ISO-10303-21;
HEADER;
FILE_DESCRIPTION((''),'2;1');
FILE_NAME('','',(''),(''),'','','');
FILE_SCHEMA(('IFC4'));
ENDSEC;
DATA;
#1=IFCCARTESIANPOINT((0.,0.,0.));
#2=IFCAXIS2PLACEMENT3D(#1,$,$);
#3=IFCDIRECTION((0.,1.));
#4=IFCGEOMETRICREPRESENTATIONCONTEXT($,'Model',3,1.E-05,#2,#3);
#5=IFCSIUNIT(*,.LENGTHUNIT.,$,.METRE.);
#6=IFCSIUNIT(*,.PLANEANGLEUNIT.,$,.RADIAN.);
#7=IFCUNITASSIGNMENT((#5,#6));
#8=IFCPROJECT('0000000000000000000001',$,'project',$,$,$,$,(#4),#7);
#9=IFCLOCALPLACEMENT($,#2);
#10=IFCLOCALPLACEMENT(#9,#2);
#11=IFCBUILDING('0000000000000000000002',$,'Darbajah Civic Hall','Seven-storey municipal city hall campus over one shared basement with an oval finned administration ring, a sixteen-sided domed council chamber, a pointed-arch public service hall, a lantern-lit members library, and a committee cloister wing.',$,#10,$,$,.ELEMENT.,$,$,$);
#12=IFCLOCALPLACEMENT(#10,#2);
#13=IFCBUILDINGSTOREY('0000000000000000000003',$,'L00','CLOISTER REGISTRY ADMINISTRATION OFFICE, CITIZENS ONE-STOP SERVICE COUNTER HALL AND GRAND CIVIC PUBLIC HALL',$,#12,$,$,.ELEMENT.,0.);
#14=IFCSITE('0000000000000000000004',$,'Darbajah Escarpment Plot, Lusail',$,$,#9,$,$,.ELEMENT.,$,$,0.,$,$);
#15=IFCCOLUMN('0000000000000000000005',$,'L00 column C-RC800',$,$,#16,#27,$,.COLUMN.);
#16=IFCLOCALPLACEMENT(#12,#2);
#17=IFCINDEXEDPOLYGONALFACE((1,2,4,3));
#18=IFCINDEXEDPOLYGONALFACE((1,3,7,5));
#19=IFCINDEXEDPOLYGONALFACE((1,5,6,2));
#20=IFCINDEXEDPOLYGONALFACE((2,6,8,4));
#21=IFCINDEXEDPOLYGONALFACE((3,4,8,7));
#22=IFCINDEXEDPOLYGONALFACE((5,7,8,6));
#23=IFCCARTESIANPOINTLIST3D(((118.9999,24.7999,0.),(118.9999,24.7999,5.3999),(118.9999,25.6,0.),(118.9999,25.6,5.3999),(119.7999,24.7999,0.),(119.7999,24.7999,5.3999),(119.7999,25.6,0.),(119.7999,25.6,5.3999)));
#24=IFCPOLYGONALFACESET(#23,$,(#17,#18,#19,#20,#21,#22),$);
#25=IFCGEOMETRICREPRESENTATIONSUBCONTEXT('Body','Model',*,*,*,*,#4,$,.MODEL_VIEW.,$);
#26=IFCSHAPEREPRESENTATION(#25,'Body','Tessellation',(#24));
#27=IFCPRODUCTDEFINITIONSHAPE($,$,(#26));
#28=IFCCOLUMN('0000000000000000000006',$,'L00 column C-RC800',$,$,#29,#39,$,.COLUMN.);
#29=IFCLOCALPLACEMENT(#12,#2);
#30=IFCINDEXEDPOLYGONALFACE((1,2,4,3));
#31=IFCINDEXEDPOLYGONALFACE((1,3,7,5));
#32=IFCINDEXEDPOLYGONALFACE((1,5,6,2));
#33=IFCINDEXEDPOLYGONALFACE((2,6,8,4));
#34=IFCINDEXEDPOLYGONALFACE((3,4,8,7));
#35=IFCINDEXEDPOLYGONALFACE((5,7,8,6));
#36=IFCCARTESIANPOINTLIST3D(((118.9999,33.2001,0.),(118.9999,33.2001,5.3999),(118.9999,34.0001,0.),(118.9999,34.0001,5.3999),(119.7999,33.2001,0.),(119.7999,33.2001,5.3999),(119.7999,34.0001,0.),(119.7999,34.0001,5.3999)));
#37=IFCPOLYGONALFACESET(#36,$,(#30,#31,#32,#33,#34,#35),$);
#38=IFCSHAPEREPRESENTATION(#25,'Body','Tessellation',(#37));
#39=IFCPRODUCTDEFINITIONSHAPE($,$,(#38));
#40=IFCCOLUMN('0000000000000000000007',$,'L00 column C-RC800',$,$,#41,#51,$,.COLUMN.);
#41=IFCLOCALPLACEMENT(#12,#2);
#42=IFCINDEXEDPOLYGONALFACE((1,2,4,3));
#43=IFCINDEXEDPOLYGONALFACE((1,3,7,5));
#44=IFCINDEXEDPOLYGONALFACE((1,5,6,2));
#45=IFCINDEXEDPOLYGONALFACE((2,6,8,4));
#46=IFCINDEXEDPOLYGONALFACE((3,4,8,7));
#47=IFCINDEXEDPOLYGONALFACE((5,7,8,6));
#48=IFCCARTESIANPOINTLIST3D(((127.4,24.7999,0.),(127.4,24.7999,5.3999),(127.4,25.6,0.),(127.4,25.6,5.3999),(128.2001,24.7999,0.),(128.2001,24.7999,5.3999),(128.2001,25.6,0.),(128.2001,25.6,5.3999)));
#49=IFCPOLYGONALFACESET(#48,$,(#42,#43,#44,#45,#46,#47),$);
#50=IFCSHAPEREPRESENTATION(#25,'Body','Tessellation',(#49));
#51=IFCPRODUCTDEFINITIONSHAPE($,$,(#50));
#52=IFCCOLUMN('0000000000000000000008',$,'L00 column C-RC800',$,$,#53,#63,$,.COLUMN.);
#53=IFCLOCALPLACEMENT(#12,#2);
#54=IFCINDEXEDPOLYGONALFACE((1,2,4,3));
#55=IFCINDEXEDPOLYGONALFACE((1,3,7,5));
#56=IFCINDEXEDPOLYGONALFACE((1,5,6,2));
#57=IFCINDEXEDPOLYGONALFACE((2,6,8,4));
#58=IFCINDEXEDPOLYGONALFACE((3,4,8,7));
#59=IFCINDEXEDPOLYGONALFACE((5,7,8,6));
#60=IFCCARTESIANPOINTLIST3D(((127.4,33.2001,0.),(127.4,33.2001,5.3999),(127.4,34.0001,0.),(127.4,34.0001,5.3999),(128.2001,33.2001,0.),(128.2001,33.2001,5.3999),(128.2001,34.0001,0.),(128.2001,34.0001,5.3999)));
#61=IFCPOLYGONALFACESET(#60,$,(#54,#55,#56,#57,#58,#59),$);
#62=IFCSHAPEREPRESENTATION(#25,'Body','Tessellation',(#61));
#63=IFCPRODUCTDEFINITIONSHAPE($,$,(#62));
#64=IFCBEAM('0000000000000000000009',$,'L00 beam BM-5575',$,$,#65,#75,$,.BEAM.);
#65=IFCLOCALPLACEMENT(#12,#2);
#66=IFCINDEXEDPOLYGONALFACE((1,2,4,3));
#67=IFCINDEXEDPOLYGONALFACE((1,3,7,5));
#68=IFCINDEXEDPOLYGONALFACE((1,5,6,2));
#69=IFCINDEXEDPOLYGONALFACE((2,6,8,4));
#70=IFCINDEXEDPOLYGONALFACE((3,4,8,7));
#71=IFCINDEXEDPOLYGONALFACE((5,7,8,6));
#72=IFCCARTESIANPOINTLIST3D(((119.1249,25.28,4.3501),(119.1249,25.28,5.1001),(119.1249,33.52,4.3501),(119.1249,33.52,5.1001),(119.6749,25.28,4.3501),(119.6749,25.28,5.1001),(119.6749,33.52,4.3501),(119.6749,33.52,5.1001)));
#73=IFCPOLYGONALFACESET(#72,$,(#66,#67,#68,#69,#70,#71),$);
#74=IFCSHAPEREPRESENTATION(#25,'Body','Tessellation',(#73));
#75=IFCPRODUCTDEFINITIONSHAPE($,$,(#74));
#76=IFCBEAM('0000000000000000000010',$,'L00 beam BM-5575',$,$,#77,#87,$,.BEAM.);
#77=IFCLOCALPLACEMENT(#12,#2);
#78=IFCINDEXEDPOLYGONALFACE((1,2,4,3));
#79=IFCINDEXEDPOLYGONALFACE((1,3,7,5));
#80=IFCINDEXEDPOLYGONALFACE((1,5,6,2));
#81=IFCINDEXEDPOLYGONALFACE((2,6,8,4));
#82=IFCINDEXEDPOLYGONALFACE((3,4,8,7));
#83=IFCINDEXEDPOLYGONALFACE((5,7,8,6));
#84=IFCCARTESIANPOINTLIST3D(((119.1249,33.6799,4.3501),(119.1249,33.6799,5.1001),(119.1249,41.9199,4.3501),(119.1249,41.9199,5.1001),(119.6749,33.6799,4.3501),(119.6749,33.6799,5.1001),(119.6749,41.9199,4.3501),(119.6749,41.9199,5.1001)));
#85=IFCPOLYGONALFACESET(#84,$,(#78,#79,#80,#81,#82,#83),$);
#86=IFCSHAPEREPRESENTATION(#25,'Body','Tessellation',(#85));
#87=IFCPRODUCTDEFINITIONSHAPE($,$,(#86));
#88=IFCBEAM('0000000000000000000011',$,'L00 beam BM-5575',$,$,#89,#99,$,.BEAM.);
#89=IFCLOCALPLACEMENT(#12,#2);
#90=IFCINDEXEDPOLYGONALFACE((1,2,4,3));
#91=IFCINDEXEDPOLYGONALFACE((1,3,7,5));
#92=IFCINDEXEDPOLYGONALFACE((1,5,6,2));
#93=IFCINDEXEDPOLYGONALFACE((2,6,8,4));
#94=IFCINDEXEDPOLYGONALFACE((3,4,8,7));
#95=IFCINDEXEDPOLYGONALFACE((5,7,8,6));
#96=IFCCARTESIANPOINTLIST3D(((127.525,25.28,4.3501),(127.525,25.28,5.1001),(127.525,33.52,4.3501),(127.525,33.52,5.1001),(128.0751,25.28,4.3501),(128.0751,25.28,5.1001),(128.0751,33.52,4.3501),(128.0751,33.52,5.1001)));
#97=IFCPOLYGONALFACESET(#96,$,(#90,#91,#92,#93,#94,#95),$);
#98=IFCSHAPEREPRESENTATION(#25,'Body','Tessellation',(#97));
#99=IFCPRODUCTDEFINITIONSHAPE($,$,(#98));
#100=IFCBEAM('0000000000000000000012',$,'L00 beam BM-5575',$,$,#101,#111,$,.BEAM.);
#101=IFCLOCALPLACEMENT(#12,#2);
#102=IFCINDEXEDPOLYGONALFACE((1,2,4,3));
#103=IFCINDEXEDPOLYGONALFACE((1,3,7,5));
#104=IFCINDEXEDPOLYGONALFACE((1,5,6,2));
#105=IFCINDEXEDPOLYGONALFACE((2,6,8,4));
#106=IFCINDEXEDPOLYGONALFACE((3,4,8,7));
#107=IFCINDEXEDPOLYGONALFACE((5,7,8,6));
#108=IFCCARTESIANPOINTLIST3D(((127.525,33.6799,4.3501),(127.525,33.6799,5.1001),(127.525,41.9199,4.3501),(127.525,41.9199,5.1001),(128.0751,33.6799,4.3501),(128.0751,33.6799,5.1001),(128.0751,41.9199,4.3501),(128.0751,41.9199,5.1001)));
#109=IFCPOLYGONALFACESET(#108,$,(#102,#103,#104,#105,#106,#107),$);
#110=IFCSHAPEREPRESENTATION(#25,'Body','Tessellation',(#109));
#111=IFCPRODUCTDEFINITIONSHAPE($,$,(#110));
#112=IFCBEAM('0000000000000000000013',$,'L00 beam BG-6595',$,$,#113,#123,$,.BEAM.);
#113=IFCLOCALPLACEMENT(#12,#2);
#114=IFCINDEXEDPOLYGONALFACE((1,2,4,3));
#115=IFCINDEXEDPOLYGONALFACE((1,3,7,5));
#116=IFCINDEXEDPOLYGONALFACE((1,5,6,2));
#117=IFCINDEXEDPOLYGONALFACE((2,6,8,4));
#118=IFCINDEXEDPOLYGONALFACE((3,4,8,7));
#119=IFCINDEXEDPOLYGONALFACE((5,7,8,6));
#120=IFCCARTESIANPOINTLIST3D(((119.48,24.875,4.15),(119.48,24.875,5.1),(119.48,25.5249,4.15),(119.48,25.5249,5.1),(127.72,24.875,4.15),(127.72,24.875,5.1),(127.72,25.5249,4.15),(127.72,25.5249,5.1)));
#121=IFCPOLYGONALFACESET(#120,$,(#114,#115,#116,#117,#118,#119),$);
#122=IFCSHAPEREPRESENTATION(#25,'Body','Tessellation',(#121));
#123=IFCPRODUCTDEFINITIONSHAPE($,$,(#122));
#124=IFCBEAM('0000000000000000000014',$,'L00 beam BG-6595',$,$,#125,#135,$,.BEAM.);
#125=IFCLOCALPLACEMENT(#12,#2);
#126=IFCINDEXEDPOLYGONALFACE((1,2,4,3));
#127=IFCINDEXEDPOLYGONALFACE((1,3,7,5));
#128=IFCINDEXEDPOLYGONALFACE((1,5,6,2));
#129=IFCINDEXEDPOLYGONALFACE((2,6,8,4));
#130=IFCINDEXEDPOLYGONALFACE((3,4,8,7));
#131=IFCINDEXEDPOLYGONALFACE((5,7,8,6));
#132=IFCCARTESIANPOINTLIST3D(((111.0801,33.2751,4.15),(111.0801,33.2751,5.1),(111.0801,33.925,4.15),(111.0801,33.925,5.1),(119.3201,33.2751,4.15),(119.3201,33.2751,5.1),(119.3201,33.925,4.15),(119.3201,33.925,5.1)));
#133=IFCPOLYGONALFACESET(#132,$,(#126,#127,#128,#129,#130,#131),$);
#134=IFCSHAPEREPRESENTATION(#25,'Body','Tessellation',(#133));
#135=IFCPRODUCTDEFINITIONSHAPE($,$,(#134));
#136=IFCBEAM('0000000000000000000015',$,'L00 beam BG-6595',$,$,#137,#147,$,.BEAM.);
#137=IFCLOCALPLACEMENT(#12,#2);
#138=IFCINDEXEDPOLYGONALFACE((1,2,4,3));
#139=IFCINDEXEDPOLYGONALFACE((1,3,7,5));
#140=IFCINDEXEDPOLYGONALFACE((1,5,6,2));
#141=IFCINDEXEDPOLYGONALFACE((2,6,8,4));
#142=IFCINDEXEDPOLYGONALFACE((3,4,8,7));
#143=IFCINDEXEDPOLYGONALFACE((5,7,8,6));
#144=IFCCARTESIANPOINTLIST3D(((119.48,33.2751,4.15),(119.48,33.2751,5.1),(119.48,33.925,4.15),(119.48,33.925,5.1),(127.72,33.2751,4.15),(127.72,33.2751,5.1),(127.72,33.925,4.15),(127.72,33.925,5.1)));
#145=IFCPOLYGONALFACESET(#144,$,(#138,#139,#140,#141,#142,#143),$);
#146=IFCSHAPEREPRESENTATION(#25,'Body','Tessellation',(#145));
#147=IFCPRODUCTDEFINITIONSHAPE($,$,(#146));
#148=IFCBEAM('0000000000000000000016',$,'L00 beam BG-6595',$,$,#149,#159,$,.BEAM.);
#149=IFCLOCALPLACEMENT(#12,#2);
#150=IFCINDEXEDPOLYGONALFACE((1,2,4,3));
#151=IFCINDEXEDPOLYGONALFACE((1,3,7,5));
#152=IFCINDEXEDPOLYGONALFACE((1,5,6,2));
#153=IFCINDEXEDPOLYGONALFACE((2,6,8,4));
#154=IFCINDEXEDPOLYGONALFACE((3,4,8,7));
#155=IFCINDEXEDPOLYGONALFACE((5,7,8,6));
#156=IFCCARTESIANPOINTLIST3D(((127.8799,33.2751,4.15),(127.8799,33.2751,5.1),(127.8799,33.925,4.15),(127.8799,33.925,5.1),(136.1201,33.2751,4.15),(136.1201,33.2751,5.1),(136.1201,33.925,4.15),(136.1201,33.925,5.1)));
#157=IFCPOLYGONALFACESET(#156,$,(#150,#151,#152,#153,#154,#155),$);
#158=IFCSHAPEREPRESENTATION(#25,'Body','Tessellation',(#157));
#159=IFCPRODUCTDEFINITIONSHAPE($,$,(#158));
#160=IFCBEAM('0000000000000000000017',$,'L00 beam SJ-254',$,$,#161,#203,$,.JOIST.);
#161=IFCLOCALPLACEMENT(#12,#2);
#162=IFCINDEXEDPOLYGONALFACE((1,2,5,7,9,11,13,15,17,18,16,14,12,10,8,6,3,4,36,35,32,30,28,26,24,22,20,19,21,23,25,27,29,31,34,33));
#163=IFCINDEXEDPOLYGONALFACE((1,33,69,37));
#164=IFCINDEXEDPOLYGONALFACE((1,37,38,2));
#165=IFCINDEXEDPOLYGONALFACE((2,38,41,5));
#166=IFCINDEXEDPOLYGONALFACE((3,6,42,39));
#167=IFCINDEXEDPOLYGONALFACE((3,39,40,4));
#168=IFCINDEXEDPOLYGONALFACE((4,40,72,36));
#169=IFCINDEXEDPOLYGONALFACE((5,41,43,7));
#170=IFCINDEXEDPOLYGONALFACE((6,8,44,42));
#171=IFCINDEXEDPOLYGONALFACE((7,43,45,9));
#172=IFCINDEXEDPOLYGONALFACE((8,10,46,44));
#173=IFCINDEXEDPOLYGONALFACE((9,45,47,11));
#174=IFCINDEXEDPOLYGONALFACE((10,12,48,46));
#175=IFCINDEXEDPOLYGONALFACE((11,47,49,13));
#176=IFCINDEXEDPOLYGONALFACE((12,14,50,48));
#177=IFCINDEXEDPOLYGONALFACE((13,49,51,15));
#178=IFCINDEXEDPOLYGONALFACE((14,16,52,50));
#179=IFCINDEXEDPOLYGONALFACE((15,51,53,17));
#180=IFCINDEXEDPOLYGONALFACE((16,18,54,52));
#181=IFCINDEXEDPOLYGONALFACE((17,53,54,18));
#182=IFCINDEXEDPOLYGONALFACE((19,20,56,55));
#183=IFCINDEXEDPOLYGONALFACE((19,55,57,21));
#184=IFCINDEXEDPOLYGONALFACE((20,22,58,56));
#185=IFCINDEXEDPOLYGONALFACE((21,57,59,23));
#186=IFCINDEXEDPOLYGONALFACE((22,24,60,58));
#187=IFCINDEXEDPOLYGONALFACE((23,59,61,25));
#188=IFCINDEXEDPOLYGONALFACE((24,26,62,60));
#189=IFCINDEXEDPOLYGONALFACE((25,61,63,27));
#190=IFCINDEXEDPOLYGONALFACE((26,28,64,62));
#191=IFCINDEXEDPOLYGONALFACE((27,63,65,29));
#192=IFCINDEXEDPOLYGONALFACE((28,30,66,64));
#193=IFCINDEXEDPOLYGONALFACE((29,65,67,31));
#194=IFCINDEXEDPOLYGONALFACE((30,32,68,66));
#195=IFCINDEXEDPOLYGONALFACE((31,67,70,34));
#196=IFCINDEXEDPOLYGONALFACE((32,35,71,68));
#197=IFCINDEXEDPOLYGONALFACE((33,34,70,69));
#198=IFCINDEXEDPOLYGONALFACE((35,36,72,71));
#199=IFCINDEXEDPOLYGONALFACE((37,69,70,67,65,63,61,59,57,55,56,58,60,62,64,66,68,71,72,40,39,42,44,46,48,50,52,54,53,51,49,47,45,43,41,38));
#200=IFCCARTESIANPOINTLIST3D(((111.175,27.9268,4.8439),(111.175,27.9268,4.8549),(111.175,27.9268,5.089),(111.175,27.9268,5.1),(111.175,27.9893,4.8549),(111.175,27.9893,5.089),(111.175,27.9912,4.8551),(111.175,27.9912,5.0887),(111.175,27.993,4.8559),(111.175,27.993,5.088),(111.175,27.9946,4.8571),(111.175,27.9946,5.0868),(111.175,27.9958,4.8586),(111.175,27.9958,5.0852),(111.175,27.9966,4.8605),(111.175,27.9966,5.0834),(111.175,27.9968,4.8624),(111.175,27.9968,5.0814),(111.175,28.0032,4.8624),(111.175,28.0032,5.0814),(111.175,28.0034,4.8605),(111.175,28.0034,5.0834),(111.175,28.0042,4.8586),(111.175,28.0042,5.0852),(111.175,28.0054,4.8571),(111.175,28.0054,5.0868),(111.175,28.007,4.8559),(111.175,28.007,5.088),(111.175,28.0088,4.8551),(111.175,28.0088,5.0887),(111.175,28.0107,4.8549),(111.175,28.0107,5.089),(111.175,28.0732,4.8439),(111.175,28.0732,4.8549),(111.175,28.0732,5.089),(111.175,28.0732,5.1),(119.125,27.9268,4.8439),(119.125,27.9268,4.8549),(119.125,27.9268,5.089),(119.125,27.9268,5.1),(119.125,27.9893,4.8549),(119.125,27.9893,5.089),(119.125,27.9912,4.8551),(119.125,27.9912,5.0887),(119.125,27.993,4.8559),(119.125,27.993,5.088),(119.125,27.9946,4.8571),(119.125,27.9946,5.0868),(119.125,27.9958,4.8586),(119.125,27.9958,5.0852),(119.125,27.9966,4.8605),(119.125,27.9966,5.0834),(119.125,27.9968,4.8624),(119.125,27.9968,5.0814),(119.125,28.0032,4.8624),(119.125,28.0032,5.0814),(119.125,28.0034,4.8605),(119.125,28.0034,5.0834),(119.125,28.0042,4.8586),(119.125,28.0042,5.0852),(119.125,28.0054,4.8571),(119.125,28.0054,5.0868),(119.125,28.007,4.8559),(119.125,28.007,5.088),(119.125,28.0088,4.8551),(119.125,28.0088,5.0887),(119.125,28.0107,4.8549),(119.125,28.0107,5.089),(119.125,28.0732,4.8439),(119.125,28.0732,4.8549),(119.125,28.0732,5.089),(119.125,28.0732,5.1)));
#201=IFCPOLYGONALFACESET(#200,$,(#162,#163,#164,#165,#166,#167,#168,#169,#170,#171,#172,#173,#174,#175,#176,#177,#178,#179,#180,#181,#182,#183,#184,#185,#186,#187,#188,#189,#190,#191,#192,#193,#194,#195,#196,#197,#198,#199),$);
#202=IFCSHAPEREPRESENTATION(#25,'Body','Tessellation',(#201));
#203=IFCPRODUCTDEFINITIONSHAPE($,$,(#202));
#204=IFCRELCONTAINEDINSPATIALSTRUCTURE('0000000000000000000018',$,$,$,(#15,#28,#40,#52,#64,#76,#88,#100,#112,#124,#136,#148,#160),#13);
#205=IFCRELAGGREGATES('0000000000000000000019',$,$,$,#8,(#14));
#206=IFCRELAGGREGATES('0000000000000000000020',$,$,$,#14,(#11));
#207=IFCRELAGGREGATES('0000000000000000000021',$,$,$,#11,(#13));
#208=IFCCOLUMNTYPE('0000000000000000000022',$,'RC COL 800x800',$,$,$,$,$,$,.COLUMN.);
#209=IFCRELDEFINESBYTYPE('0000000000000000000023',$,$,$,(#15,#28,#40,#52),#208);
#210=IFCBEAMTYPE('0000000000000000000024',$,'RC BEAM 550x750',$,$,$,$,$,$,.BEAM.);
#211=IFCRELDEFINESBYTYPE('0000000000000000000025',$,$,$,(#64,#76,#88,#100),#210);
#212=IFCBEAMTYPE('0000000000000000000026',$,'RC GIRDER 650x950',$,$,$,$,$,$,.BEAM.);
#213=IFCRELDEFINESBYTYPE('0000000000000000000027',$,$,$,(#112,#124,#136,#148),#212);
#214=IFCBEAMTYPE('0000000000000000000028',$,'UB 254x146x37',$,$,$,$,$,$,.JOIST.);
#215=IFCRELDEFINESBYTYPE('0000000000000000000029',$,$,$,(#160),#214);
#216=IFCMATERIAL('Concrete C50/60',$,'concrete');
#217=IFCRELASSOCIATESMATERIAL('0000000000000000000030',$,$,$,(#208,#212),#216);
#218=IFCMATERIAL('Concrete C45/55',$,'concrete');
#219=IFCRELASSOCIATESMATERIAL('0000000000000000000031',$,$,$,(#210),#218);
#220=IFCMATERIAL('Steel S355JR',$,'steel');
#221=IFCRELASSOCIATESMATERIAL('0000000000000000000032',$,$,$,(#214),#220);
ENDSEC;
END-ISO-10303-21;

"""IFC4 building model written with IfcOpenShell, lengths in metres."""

from ifc_helpers import new_model, si_unit, direction, frame, origin, origin_2d, place, context, subcontext, project, spatial, rectangle, i_section, extrude, material, material_profile, profile_set, type_object, element, save


model = new_model("IFC4")

# Units and contexts
model_context = context("Model", 3, precision=1e-05, world=origin(), true_north=direction((0.0, 1.0)))
body_context = subcontext(model_context, "Body", "Model", "MODEL_VIEW")
ifc_project = project(units=[si_unit("LENGTHUNIT", "METRE"), si_unit("PLANEANGLEUNIT", "RADIAN")], contexts=[model_context])

# Site, building, storey
site_placement = place(None, origin())
site = spatial("IfcSite", under=ifc_project, at=site_placement, Name="Darbajah Escarpment Plot, Lusail", CompositionType="ELEMENT", RefElevation=0.0)
building_placement = place(site_placement, origin())
building = spatial("IfcBuilding", under=site, at=building_placement, Name="Darbajah Civic Hall", Description="Seven-storey municipal city hall campus over one shared basement with an oval finned administration ring, a sixteen-sided domed council chamber, a pointed-arch public service hall, a lantern-lit members library, and a committee cloister wing.", CompositionType="ELEMENT")
storey_placement = place(building_placement, origin())
storey = spatial("IfcBuildingStorey", under=building, at=storey_placement, Name="L00", Description="CLOISTER REGISTRY ADMINISTRATION OFFICE, CITIZENS ONE-STOP SERVICE COUNTER HALL AND GRAND CIVIC PUBLIC HALL", CompositionType="ELEMENT", Elevation=0.0)

# Columns
ifc_material_1 = material(Name="Concrete C50/60", Category="concrete")
ifc_material_profile_1 = material_profile(ifc_material_1, rectangle(XDim=0.8, YDim=0.8, at=origin_2d()), Name="RC COL 800x800")
ifc_profile_set_1 = profile_set([ifc_material_profile_1], Name="Concrete C50/60")
column_type = type_object("IfcColumnType", Name="RC COL 800x800", PredefinedType="COLUMN", material=ifc_profile_set_1)
for number, where, z_axis, x_axis, name in (
    (1, (119.3999, 25.2, 0.0), (0.0, 0.0, 1.0), (1.0, 0.0, 0.0), "L00 column C-RC800"),
    (2, (119.3999, 33.6001, 0.0), (0.0, 0.0, 1.0), (1.0, 0.0, 0.0), "L00 column C-RC800"),
    (3, (127.8, 25.2, 0.0), (0.0, 0.0, 1.0), (1.0, 0.0, 0.0), "L00 column C-RC800"),
    (4, (127.8, 33.6001, 0.0), (0.0, 0.0, 1.0), (1.0, 0.0, 0.0), "L00 column C-RC800"),
):
    element("IfcColumn", number, at=place(storey_placement, frame(where, z_axis=z_axis, x_axis=x_axis)), inside=storey, type_object=column_type, Name=name, PredefinedType="COLUMN", context=body_context, shape_type="SweptSolid", body=[
        extrude(rectangle(XDim=0.8, YDim=0.8, at=origin_2d()), origin(), (0.0, 0.0, 1.0), 5.3999),
    ])

# Beams
ifc_material_2 = material(Name="Concrete C45/55", Category="concrete")
ifc_material_profile_2 = material_profile(ifc_material_2, rectangle(XDim=0.55, YDim=0.75, at=origin_2d()), Name="RC BEAM 550x750")
ifc_profile_set_2 = profile_set([ifc_material_profile_2], Name="Concrete C45/55")
beam_type_1 = type_object("IfcBeamType", Name="RC BEAM 550x750", PredefinedType="BEAM", material=ifc_profile_set_2)
for number, where, z_axis, x_axis, name in (
    (5, (119.3999, 25.28, 4.7251), (0.0, 1.0, 0.0), (-1.0, 0.0, 0.0), "L00 beam BM-5575"),
    (6, (119.3999, 33.6799, 4.7251), (0.0, 1.0, 0.0), (-1.0, 0.0, 0.0), "L00 beam BM-5575"),
    (7, (127.8, 25.28, 4.7251), (0.0, 1.0, 0.0), (-1.0, 0.0, 0.0), "L00 beam BM-5575"),
    (8, (127.8, 33.6799, 4.7251), (0.0, 1.0, 0.0), (-1.0, 0.0, 0.0), "L00 beam BM-5575"),
):
    element("IfcBeam", number, at=place(storey_placement, frame(where, z_axis=z_axis, x_axis=x_axis)), inside=storey, type_object=beam_type_1, Name=name, PredefinedType="BEAM", context=body_context, shape_type="SweptSolid", body=[
        extrude(rectangle(XDim=0.55, YDim=0.75, at=origin_2d()), origin(), (0.0, 0.0, 1.0), 8.24),
    ])
ifc_material_profile_3 = material_profile(ifc_material_1, rectangle(XDim=0.6499, YDim=0.95, at=origin_2d()), Name="RC GIRDER 650x950")
ifc_profile_set_3 = profile_set([ifc_material_profile_3], Name="Concrete C50/60")
beam_type_2 = type_object("IfcBeamType", Name="RC GIRDER 650x950", PredefinedType="BEAM", material=ifc_profile_set_3)
for number, where, z_axis, x_axis, name in (
    (9, (119.48, 25.2, 4.625), (1.0, 0.0, 0.0), (0.0, 1.0, 0.0), "L00 beam BG-6595"),
    (10, (111.0801, 33.6001, 4.625), (1.0, 0.0, 0.0), (0.0, 1.0, 0.0), "L00 beam BG-6595"),
    (11, (119.48, 33.6001, 4.625), (1.0, 0.0, 0.0), (0.0, 1.0, 0.0), "L00 beam BG-6595"),
):
    element("IfcBeam", number, at=place(storey_placement, frame(where, z_axis=z_axis, x_axis=x_axis)), inside=storey, type_object=beam_type_2, Name=name, PredefinedType="BEAM", context=body_context, shape_type="SweptSolid", body=[
        extrude(rectangle(XDim=0.6499, YDim=0.95, at=origin_2d()), origin(), (0.0, 0.0, 1.0), 8.24),
    ])
beam_placement = place(storey_placement, frame((127.8799, 33.6001, 4.625), z_axis=(1.0, 0.0, 0.0), x_axis=(0.0, 1.0, 0.0)))
element("IfcBeam", 12, at=beam_placement, inside=storey, type_object=beam_type_2, Name="L00 beam BG-6595", PredefinedType="BEAM", context=body_context, shape_type="SweptSolid", body=[
    extrude(rectangle(XDim=0.6499, YDim=0.95, at=origin_2d()), origin(), (0.0, 0.0, 1.0), 8.2402),
])
ifc_material_3 = material(Name="Steel S355JR", Category="steel")
ifc_material_profile_4 = material_profile(ifc_material_3, i_section(OverallWidth=0.1465, OverallDepth=0.2561, WebThickness=0.0063, FlangeThickness=0.011, FilletRadius=0.0076, at=origin_2d()), Name="UB 254x146x37")
ifc_profile_set_4 = profile_set([ifc_material_profile_4], Name="Steel S355JR")
beam_type_3 = type_object("IfcBeamType", Name="UB 254x146x37", PredefinedType="JOIST", material=ifc_profile_set_4)
for number, where, z_axis, x_axis, name in (
    (13, (111.175, 28.0, 4.9719), (1.0, 0.0, 0.0), (0.0, 1.0, 0.0), "L00 beam SJ-254"),
):
    element("IfcBeam", number, at=place(storey_placement, frame(where, z_axis=z_axis, x_axis=x_axis)), inside=storey, type_object=beam_type_3, Name=name, PredefinedType="JOIST", context=body_context, shape_type="SweptSolid", body=[
        extrude(i_section(OverallWidth=0.1465, OverallDepth=0.2561, WebThickness=0.0063, FlangeThickness=0.011, FilletRadius=0.0076, at=origin_2d()), origin(), (0.0, 0.0, 1.0), 7.95),
    ])

save(model, "model.ifc")
